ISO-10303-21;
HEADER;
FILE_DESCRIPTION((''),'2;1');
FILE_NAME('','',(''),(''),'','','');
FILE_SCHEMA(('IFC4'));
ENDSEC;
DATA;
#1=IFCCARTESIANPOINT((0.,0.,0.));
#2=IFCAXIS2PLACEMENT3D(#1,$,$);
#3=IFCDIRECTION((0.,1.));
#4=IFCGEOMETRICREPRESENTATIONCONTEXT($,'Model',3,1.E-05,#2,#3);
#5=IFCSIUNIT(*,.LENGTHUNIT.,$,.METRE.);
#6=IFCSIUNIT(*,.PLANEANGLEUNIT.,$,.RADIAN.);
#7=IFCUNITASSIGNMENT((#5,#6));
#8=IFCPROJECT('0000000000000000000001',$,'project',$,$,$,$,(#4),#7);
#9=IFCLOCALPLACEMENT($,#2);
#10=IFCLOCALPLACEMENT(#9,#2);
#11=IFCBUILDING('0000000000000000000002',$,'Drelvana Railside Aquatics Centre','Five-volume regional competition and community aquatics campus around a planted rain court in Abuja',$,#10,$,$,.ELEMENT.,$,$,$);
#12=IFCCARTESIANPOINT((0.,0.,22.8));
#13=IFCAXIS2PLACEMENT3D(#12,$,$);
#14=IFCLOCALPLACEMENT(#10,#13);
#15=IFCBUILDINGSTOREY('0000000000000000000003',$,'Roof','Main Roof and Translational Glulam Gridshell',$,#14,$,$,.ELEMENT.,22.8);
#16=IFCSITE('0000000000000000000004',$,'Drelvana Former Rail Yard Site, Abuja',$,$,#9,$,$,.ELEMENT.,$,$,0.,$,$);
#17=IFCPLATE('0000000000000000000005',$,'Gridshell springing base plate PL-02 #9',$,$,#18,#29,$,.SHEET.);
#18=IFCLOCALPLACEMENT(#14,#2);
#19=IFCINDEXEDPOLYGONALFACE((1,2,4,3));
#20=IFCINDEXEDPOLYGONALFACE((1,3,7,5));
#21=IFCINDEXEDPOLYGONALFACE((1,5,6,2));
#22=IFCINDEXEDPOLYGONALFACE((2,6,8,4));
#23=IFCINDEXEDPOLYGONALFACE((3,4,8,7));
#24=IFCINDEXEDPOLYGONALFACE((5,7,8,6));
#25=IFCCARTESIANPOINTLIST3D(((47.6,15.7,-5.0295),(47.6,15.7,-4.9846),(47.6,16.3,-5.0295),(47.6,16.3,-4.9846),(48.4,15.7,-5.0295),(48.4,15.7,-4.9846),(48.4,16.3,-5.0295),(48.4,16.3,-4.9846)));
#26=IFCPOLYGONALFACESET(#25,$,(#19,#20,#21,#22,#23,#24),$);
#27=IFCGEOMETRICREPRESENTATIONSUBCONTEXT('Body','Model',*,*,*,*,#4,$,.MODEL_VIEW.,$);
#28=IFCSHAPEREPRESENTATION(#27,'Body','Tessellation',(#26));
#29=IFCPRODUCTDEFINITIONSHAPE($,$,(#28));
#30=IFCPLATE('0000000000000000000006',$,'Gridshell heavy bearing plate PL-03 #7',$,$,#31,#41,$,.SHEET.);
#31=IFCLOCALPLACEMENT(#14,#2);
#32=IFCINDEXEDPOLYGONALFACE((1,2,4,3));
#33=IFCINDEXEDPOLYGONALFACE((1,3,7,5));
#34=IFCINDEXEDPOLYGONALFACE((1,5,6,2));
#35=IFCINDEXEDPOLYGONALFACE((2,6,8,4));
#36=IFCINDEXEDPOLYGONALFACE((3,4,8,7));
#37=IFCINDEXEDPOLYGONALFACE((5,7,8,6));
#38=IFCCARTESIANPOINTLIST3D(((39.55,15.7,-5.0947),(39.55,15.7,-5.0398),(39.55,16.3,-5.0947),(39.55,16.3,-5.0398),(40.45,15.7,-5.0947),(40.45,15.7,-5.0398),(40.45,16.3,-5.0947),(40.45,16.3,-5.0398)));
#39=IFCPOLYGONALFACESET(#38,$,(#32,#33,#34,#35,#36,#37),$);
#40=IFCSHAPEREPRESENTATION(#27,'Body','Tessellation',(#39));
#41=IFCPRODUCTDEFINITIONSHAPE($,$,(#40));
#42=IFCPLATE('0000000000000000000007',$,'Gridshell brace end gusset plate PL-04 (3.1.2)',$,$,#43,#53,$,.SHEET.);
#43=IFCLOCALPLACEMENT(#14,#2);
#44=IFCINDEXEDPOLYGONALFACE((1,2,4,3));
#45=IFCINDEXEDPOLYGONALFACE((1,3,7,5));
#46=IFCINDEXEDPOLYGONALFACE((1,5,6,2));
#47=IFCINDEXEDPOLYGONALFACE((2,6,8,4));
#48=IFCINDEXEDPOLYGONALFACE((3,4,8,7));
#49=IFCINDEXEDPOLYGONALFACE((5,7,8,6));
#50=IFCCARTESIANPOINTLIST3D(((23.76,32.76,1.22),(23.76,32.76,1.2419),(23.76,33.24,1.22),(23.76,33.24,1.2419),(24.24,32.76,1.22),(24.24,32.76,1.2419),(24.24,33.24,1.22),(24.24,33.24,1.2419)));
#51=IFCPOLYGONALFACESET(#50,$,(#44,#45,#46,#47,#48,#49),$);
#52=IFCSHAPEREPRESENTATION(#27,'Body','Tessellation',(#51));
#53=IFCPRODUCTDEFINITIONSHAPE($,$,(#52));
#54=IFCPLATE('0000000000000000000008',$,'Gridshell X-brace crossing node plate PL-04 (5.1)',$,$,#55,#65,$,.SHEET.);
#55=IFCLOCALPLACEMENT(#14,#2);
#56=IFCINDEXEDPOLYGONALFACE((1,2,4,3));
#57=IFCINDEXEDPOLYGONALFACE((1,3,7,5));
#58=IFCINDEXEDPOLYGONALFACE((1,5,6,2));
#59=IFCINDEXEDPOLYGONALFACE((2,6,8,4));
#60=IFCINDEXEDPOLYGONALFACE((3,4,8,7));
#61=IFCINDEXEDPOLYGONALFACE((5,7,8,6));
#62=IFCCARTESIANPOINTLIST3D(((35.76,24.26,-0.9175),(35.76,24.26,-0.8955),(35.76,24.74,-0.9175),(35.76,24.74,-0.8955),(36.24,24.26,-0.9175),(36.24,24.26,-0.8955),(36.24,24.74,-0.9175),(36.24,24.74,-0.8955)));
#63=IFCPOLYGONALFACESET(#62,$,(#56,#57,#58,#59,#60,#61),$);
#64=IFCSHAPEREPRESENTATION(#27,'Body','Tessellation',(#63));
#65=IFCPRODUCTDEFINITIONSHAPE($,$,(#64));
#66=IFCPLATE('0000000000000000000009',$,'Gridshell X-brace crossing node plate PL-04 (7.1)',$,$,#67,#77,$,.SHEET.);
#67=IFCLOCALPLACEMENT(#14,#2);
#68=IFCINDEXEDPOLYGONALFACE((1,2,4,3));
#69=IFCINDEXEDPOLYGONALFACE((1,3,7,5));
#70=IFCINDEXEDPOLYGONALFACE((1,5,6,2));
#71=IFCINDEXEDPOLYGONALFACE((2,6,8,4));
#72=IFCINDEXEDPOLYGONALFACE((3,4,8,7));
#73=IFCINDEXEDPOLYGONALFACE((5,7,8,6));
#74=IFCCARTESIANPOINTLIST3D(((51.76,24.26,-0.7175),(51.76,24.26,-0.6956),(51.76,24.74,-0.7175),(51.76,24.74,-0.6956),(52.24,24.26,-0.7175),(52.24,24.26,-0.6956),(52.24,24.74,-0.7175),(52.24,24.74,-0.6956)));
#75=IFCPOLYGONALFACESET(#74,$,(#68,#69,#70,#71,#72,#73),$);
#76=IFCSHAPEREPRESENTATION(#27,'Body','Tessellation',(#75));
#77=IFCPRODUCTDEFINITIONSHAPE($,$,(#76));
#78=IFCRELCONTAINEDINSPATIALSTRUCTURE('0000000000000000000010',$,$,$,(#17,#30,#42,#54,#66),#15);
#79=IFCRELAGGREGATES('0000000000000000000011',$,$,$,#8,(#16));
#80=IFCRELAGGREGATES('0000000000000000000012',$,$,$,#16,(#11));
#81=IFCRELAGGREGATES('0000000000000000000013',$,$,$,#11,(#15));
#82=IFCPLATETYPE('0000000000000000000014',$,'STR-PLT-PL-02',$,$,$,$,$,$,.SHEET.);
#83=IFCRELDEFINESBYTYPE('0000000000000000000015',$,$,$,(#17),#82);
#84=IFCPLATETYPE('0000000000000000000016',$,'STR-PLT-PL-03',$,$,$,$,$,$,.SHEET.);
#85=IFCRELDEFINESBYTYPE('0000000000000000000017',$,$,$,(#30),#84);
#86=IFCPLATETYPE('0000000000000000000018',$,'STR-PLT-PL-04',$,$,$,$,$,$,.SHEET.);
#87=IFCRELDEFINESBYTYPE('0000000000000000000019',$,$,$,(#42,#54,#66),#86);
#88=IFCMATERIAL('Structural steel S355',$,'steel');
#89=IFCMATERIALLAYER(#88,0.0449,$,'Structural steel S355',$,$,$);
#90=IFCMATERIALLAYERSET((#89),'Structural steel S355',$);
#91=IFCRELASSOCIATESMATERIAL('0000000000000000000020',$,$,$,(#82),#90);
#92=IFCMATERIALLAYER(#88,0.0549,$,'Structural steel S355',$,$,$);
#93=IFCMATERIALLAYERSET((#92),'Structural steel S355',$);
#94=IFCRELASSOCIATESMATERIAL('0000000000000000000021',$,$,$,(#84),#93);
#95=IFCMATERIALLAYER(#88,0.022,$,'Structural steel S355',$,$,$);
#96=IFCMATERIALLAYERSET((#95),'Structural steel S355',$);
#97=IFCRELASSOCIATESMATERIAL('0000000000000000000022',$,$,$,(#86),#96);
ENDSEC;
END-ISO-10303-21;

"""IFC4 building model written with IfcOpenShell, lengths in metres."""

from ifc_helpers import new_model, si_unit, direction, frame, origin, origin_2d, place, context, subcontext, project, spatial, rectangle, extrude, material, layer, layer_set, type_object, element, save


model = new_model("IFC4")

# Units and contexts
model_context = context("Model", 3, precision=1e-05, world=origin(), true_north=direction((0.0, 1.0)))
body_context = subcontext(model_context, "Body", "Model", "MODEL_VIEW")
ifc_project = project(units=[si_unit("LENGTHUNIT", "METRE"), si_unit("PLANEANGLEUNIT", "RADIAN")], contexts=[model_context])

# Site, building, storey
site_placement = place(None, origin())
site = spatial("IfcSite", under=ifc_project, at=site_placement, Name="Drelvana Former Rail Yard Site, Abuja", CompositionType="ELEMENT", RefElevation=0.0)
building_placement = place(site_placement, origin())
building = spatial("IfcBuilding", under=site, at=building_placement, Name="Drelvana Railside Aquatics Centre", Description="Five-volume regional competition and community aquatics campus around a planted rain court in Abuja", CompositionType="ELEMENT")
storey_placement = place(building_placement, frame((0.0, 0.0, 22.8)))
storey = spatial("IfcBuildingStorey", under=building, at=storey_placement, Name="Roof", Description="Main Roof and Translational Glulam Gridshell", CompositionType="ELEMENT", Elevation=22.8)

# Shared definitions
ifc_material_1 = material(Name="Structural steel S355", Category="steel")

# Plates
ifc_layer_1 = layer(ifc_material_1, 0.0449, Name="Structural steel S355")
ifc_layer_set_1 = layer_set([ifc_layer_1], Name="Structural steel S355")
plate_type_1 = type_object("IfcPlateType", Name="STR-PLT-PL-02", PredefinedType="SHEET", material=ifc_layer_set_1)
for number, where, z_axis, x_axis, name in (
    (1, (48.0, 16.0, -5.0295), (0.0, 0.0, 1.0), (1.0, 0.0, 0.0), "Gridshell springing base plate PL-02 #9"),
):
    element("IfcPlate", number, at=place(storey_placement, frame(where, z_axis=z_axis, x_axis=x_axis)), inside=storey, type_object=plate_type_1, Name=name, PredefinedType="SHEET", context=body_context, shape_type="SweptSolid", body=[
        extrude(rectangle(XDim=0.8, YDim=0.6001, at=origin_2d()), origin(), (0.0, 0.0, 1.0), 0.0449),
    ])
ifc_layer_2 = layer(ifc_material_1, 0.0549, Name="Structural steel S355")
ifc_layer_set_2 = layer_set([ifc_layer_2], Name="Structural steel S355")
plate_type_2 = type_object("IfcPlateType", Name="STR-PLT-PL-03", PredefinedType="SHEET", material=ifc_layer_set_2)
plate_placement = place(storey_placement, frame((40.0, 16.0, -5.0947), z_axis=(0.0, 0.0, 1.0), x_axis=(1.0, 0.0, 0.0)))
element("IfcPlate", 2, at=plate_placement, inside=storey, type_object=plate_type_2, Name="Gridshell heavy bearing plate PL-03 #7", PredefinedType="SHEET", context=body_context, shape_type="SweptSolid", body=[
    extrude(rectangle(XDim=0.8999, YDim=0.6001, at=origin_2d()), origin(), (0.0, 0.0, 1.0), 0.0549),
])
ifc_layer_3 = layer(ifc_material_1, 0.022, Name="Structural steel S355")
ifc_layer_set_3 = layer_set([ifc_layer_3], Name="Structural steel S355")
plate_type_3 = type_object("IfcPlateType", Name="STR-PLT-PL-04", PredefinedType="SHEET", material=ifc_layer_set_3)
for number, where, z_axis, x_axis, name in (
    (3, (24.0, 33.0, 1.22), (0.0, 0.0, 1.0), (1.0, 0.0, 0.0), "Gridshell brace end gusset plate PL-04 (3.1.2)"),
    (4, (36.0, 24.5, -0.9175), (0.0, 0.0, 1.0), (1.0, 0.0, 0.0), "Gridshell X-brace crossing node plate PL-04 (5.1)"),
    (5, (52.0, 24.5, -0.7175), (0.0, 0.0, 1.0), (1.0, 0.0, 0.0), "Gridshell X-brace crossing node plate PL-04 (7.1)"),
):
    element("IfcPlate", number, at=place(storey_placement, frame(where, z_axis=z_axis, x_axis=x_axis)), inside=storey, type_object=plate_type_3, Name=name, PredefinedType="SHEET", context=body_context, shape_type="SweptSolid", body=[
        extrude(rectangle(XDim=0.48, YDim=0.48, at=origin_2d()), origin(), (0.0, 0.0, 1.0), 0.022),
    ])

save(model, "model.ifc")
